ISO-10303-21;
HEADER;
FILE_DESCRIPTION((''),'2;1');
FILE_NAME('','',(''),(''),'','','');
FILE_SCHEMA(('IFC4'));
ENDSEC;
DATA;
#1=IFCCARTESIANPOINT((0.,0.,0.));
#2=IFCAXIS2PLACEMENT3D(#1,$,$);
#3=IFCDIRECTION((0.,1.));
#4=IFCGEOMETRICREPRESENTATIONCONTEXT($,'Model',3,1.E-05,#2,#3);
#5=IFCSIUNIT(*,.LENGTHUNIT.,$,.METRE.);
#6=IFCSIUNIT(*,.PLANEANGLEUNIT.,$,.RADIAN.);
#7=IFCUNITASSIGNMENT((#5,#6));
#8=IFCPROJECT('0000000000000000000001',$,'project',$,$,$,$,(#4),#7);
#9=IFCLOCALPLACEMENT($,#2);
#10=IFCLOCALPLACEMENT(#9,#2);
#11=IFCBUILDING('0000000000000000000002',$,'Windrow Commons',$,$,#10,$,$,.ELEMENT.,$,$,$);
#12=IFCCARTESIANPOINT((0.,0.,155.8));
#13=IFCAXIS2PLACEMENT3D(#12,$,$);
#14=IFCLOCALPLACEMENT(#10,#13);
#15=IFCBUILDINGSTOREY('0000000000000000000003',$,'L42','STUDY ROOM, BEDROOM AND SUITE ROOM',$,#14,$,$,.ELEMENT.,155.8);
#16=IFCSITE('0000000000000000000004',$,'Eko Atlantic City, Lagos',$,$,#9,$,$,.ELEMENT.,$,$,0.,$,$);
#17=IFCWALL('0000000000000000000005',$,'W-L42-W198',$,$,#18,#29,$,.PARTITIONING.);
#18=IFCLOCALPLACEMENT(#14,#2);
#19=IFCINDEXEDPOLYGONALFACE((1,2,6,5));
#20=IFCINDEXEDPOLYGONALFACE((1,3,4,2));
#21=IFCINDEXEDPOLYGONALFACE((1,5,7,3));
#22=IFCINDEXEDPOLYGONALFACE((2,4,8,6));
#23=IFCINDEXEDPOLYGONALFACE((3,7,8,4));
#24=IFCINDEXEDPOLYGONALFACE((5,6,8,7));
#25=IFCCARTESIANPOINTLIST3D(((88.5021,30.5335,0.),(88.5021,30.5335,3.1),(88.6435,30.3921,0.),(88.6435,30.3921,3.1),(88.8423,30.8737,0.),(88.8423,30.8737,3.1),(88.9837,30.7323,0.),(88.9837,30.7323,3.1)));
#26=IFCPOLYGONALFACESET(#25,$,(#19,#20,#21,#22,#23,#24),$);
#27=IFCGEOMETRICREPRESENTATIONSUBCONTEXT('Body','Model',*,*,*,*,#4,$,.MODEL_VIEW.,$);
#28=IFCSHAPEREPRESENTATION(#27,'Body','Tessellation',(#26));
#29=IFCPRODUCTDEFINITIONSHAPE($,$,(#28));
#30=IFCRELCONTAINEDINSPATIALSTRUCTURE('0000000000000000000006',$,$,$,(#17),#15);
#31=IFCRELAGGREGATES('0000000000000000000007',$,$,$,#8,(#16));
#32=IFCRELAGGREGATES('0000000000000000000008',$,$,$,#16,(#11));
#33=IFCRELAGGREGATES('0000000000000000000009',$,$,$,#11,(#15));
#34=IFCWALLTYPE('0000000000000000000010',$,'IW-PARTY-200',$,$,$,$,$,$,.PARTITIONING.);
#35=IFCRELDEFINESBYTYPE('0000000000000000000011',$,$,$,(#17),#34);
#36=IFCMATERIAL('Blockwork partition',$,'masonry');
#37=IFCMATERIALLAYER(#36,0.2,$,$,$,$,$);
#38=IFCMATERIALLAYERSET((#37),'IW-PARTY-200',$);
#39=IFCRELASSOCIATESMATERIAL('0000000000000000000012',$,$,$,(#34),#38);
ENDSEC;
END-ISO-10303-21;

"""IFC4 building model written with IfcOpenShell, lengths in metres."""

from ifc_helpers import new_model, si_unit, direction, frame, frame_2d, origin, place, context, subcontext, project, spatial, rectangle, extrude, material, layer, layer_set, type_object, element, save


model = new_model("IFC4")

# Units and contexts
model_context = context("Model", 3, precision=1e-05, world=origin(), true_north=direction((0.0, 1.0)))
body_context = subcontext(model_context, "Body", "Model", "MODEL_VIEW")
ifc_project = project(units=[si_unit("LENGTHUNIT", "METRE"), si_unit("PLANEANGLEUNIT", "RADIAN")], contexts=[model_context])

# Site, building, storey
site_placement = place(None, origin())
site = spatial("IfcSite", under=ifc_project, at=site_placement, Name="Eko Atlantic City, Lagos", CompositionType="ELEMENT", RefElevation=0.0)
building_placement = place(site_placement, origin())
building = spatial("IfcBuilding", under=site, at=building_placement, Name="Windrow Commons", CompositionType="ELEMENT")
storey_placement = place(building_placement, frame((0.0, 0.0, 155.8)))
storey = spatial("IfcBuildingStorey", under=building, at=storey_placement, Name="L42", Description="STUDY ROOM, BEDROOM AND SUITE ROOM", CompositionType="ELEMENT", Elevation=155.8)

# Wall
ifc_material_1 = material(Name="Blockwork partition", Category="masonry")
ifc_layer_1 = layer(ifc_material_1, 0.2)
ifc_layer_set_1 = layer_set([ifc_layer_1], Name="IW-PARTY-200")
wall_type_1 = type_object("IfcWallType", Name="IW-PARTY-200", PredefinedType="PARTITIONING", material=ifc_layer_set_1)
wall_1_placement = place(storey_placement, frame((88.5728, 30.4628, 0.0), z_axis=(0.0, 0.0, 1.0), x_axis=(0.707107, 0.707107, 0.0)))
element("IfcWall", 1, at=wall_1_placement, inside=storey, type_object=wall_type_1, Name="W-L42-W198", PredefinedType="PARTITIONING", context=body_context, shape_type="SweptSolid", body=[
    extrude(rectangle(XDim=0.4811, YDim=0.2, at=frame_2d((0.2406, 0.0))), origin(), (0.0, 0.0, 1.0), 3.1),
])

save(model, "model.ifc")
